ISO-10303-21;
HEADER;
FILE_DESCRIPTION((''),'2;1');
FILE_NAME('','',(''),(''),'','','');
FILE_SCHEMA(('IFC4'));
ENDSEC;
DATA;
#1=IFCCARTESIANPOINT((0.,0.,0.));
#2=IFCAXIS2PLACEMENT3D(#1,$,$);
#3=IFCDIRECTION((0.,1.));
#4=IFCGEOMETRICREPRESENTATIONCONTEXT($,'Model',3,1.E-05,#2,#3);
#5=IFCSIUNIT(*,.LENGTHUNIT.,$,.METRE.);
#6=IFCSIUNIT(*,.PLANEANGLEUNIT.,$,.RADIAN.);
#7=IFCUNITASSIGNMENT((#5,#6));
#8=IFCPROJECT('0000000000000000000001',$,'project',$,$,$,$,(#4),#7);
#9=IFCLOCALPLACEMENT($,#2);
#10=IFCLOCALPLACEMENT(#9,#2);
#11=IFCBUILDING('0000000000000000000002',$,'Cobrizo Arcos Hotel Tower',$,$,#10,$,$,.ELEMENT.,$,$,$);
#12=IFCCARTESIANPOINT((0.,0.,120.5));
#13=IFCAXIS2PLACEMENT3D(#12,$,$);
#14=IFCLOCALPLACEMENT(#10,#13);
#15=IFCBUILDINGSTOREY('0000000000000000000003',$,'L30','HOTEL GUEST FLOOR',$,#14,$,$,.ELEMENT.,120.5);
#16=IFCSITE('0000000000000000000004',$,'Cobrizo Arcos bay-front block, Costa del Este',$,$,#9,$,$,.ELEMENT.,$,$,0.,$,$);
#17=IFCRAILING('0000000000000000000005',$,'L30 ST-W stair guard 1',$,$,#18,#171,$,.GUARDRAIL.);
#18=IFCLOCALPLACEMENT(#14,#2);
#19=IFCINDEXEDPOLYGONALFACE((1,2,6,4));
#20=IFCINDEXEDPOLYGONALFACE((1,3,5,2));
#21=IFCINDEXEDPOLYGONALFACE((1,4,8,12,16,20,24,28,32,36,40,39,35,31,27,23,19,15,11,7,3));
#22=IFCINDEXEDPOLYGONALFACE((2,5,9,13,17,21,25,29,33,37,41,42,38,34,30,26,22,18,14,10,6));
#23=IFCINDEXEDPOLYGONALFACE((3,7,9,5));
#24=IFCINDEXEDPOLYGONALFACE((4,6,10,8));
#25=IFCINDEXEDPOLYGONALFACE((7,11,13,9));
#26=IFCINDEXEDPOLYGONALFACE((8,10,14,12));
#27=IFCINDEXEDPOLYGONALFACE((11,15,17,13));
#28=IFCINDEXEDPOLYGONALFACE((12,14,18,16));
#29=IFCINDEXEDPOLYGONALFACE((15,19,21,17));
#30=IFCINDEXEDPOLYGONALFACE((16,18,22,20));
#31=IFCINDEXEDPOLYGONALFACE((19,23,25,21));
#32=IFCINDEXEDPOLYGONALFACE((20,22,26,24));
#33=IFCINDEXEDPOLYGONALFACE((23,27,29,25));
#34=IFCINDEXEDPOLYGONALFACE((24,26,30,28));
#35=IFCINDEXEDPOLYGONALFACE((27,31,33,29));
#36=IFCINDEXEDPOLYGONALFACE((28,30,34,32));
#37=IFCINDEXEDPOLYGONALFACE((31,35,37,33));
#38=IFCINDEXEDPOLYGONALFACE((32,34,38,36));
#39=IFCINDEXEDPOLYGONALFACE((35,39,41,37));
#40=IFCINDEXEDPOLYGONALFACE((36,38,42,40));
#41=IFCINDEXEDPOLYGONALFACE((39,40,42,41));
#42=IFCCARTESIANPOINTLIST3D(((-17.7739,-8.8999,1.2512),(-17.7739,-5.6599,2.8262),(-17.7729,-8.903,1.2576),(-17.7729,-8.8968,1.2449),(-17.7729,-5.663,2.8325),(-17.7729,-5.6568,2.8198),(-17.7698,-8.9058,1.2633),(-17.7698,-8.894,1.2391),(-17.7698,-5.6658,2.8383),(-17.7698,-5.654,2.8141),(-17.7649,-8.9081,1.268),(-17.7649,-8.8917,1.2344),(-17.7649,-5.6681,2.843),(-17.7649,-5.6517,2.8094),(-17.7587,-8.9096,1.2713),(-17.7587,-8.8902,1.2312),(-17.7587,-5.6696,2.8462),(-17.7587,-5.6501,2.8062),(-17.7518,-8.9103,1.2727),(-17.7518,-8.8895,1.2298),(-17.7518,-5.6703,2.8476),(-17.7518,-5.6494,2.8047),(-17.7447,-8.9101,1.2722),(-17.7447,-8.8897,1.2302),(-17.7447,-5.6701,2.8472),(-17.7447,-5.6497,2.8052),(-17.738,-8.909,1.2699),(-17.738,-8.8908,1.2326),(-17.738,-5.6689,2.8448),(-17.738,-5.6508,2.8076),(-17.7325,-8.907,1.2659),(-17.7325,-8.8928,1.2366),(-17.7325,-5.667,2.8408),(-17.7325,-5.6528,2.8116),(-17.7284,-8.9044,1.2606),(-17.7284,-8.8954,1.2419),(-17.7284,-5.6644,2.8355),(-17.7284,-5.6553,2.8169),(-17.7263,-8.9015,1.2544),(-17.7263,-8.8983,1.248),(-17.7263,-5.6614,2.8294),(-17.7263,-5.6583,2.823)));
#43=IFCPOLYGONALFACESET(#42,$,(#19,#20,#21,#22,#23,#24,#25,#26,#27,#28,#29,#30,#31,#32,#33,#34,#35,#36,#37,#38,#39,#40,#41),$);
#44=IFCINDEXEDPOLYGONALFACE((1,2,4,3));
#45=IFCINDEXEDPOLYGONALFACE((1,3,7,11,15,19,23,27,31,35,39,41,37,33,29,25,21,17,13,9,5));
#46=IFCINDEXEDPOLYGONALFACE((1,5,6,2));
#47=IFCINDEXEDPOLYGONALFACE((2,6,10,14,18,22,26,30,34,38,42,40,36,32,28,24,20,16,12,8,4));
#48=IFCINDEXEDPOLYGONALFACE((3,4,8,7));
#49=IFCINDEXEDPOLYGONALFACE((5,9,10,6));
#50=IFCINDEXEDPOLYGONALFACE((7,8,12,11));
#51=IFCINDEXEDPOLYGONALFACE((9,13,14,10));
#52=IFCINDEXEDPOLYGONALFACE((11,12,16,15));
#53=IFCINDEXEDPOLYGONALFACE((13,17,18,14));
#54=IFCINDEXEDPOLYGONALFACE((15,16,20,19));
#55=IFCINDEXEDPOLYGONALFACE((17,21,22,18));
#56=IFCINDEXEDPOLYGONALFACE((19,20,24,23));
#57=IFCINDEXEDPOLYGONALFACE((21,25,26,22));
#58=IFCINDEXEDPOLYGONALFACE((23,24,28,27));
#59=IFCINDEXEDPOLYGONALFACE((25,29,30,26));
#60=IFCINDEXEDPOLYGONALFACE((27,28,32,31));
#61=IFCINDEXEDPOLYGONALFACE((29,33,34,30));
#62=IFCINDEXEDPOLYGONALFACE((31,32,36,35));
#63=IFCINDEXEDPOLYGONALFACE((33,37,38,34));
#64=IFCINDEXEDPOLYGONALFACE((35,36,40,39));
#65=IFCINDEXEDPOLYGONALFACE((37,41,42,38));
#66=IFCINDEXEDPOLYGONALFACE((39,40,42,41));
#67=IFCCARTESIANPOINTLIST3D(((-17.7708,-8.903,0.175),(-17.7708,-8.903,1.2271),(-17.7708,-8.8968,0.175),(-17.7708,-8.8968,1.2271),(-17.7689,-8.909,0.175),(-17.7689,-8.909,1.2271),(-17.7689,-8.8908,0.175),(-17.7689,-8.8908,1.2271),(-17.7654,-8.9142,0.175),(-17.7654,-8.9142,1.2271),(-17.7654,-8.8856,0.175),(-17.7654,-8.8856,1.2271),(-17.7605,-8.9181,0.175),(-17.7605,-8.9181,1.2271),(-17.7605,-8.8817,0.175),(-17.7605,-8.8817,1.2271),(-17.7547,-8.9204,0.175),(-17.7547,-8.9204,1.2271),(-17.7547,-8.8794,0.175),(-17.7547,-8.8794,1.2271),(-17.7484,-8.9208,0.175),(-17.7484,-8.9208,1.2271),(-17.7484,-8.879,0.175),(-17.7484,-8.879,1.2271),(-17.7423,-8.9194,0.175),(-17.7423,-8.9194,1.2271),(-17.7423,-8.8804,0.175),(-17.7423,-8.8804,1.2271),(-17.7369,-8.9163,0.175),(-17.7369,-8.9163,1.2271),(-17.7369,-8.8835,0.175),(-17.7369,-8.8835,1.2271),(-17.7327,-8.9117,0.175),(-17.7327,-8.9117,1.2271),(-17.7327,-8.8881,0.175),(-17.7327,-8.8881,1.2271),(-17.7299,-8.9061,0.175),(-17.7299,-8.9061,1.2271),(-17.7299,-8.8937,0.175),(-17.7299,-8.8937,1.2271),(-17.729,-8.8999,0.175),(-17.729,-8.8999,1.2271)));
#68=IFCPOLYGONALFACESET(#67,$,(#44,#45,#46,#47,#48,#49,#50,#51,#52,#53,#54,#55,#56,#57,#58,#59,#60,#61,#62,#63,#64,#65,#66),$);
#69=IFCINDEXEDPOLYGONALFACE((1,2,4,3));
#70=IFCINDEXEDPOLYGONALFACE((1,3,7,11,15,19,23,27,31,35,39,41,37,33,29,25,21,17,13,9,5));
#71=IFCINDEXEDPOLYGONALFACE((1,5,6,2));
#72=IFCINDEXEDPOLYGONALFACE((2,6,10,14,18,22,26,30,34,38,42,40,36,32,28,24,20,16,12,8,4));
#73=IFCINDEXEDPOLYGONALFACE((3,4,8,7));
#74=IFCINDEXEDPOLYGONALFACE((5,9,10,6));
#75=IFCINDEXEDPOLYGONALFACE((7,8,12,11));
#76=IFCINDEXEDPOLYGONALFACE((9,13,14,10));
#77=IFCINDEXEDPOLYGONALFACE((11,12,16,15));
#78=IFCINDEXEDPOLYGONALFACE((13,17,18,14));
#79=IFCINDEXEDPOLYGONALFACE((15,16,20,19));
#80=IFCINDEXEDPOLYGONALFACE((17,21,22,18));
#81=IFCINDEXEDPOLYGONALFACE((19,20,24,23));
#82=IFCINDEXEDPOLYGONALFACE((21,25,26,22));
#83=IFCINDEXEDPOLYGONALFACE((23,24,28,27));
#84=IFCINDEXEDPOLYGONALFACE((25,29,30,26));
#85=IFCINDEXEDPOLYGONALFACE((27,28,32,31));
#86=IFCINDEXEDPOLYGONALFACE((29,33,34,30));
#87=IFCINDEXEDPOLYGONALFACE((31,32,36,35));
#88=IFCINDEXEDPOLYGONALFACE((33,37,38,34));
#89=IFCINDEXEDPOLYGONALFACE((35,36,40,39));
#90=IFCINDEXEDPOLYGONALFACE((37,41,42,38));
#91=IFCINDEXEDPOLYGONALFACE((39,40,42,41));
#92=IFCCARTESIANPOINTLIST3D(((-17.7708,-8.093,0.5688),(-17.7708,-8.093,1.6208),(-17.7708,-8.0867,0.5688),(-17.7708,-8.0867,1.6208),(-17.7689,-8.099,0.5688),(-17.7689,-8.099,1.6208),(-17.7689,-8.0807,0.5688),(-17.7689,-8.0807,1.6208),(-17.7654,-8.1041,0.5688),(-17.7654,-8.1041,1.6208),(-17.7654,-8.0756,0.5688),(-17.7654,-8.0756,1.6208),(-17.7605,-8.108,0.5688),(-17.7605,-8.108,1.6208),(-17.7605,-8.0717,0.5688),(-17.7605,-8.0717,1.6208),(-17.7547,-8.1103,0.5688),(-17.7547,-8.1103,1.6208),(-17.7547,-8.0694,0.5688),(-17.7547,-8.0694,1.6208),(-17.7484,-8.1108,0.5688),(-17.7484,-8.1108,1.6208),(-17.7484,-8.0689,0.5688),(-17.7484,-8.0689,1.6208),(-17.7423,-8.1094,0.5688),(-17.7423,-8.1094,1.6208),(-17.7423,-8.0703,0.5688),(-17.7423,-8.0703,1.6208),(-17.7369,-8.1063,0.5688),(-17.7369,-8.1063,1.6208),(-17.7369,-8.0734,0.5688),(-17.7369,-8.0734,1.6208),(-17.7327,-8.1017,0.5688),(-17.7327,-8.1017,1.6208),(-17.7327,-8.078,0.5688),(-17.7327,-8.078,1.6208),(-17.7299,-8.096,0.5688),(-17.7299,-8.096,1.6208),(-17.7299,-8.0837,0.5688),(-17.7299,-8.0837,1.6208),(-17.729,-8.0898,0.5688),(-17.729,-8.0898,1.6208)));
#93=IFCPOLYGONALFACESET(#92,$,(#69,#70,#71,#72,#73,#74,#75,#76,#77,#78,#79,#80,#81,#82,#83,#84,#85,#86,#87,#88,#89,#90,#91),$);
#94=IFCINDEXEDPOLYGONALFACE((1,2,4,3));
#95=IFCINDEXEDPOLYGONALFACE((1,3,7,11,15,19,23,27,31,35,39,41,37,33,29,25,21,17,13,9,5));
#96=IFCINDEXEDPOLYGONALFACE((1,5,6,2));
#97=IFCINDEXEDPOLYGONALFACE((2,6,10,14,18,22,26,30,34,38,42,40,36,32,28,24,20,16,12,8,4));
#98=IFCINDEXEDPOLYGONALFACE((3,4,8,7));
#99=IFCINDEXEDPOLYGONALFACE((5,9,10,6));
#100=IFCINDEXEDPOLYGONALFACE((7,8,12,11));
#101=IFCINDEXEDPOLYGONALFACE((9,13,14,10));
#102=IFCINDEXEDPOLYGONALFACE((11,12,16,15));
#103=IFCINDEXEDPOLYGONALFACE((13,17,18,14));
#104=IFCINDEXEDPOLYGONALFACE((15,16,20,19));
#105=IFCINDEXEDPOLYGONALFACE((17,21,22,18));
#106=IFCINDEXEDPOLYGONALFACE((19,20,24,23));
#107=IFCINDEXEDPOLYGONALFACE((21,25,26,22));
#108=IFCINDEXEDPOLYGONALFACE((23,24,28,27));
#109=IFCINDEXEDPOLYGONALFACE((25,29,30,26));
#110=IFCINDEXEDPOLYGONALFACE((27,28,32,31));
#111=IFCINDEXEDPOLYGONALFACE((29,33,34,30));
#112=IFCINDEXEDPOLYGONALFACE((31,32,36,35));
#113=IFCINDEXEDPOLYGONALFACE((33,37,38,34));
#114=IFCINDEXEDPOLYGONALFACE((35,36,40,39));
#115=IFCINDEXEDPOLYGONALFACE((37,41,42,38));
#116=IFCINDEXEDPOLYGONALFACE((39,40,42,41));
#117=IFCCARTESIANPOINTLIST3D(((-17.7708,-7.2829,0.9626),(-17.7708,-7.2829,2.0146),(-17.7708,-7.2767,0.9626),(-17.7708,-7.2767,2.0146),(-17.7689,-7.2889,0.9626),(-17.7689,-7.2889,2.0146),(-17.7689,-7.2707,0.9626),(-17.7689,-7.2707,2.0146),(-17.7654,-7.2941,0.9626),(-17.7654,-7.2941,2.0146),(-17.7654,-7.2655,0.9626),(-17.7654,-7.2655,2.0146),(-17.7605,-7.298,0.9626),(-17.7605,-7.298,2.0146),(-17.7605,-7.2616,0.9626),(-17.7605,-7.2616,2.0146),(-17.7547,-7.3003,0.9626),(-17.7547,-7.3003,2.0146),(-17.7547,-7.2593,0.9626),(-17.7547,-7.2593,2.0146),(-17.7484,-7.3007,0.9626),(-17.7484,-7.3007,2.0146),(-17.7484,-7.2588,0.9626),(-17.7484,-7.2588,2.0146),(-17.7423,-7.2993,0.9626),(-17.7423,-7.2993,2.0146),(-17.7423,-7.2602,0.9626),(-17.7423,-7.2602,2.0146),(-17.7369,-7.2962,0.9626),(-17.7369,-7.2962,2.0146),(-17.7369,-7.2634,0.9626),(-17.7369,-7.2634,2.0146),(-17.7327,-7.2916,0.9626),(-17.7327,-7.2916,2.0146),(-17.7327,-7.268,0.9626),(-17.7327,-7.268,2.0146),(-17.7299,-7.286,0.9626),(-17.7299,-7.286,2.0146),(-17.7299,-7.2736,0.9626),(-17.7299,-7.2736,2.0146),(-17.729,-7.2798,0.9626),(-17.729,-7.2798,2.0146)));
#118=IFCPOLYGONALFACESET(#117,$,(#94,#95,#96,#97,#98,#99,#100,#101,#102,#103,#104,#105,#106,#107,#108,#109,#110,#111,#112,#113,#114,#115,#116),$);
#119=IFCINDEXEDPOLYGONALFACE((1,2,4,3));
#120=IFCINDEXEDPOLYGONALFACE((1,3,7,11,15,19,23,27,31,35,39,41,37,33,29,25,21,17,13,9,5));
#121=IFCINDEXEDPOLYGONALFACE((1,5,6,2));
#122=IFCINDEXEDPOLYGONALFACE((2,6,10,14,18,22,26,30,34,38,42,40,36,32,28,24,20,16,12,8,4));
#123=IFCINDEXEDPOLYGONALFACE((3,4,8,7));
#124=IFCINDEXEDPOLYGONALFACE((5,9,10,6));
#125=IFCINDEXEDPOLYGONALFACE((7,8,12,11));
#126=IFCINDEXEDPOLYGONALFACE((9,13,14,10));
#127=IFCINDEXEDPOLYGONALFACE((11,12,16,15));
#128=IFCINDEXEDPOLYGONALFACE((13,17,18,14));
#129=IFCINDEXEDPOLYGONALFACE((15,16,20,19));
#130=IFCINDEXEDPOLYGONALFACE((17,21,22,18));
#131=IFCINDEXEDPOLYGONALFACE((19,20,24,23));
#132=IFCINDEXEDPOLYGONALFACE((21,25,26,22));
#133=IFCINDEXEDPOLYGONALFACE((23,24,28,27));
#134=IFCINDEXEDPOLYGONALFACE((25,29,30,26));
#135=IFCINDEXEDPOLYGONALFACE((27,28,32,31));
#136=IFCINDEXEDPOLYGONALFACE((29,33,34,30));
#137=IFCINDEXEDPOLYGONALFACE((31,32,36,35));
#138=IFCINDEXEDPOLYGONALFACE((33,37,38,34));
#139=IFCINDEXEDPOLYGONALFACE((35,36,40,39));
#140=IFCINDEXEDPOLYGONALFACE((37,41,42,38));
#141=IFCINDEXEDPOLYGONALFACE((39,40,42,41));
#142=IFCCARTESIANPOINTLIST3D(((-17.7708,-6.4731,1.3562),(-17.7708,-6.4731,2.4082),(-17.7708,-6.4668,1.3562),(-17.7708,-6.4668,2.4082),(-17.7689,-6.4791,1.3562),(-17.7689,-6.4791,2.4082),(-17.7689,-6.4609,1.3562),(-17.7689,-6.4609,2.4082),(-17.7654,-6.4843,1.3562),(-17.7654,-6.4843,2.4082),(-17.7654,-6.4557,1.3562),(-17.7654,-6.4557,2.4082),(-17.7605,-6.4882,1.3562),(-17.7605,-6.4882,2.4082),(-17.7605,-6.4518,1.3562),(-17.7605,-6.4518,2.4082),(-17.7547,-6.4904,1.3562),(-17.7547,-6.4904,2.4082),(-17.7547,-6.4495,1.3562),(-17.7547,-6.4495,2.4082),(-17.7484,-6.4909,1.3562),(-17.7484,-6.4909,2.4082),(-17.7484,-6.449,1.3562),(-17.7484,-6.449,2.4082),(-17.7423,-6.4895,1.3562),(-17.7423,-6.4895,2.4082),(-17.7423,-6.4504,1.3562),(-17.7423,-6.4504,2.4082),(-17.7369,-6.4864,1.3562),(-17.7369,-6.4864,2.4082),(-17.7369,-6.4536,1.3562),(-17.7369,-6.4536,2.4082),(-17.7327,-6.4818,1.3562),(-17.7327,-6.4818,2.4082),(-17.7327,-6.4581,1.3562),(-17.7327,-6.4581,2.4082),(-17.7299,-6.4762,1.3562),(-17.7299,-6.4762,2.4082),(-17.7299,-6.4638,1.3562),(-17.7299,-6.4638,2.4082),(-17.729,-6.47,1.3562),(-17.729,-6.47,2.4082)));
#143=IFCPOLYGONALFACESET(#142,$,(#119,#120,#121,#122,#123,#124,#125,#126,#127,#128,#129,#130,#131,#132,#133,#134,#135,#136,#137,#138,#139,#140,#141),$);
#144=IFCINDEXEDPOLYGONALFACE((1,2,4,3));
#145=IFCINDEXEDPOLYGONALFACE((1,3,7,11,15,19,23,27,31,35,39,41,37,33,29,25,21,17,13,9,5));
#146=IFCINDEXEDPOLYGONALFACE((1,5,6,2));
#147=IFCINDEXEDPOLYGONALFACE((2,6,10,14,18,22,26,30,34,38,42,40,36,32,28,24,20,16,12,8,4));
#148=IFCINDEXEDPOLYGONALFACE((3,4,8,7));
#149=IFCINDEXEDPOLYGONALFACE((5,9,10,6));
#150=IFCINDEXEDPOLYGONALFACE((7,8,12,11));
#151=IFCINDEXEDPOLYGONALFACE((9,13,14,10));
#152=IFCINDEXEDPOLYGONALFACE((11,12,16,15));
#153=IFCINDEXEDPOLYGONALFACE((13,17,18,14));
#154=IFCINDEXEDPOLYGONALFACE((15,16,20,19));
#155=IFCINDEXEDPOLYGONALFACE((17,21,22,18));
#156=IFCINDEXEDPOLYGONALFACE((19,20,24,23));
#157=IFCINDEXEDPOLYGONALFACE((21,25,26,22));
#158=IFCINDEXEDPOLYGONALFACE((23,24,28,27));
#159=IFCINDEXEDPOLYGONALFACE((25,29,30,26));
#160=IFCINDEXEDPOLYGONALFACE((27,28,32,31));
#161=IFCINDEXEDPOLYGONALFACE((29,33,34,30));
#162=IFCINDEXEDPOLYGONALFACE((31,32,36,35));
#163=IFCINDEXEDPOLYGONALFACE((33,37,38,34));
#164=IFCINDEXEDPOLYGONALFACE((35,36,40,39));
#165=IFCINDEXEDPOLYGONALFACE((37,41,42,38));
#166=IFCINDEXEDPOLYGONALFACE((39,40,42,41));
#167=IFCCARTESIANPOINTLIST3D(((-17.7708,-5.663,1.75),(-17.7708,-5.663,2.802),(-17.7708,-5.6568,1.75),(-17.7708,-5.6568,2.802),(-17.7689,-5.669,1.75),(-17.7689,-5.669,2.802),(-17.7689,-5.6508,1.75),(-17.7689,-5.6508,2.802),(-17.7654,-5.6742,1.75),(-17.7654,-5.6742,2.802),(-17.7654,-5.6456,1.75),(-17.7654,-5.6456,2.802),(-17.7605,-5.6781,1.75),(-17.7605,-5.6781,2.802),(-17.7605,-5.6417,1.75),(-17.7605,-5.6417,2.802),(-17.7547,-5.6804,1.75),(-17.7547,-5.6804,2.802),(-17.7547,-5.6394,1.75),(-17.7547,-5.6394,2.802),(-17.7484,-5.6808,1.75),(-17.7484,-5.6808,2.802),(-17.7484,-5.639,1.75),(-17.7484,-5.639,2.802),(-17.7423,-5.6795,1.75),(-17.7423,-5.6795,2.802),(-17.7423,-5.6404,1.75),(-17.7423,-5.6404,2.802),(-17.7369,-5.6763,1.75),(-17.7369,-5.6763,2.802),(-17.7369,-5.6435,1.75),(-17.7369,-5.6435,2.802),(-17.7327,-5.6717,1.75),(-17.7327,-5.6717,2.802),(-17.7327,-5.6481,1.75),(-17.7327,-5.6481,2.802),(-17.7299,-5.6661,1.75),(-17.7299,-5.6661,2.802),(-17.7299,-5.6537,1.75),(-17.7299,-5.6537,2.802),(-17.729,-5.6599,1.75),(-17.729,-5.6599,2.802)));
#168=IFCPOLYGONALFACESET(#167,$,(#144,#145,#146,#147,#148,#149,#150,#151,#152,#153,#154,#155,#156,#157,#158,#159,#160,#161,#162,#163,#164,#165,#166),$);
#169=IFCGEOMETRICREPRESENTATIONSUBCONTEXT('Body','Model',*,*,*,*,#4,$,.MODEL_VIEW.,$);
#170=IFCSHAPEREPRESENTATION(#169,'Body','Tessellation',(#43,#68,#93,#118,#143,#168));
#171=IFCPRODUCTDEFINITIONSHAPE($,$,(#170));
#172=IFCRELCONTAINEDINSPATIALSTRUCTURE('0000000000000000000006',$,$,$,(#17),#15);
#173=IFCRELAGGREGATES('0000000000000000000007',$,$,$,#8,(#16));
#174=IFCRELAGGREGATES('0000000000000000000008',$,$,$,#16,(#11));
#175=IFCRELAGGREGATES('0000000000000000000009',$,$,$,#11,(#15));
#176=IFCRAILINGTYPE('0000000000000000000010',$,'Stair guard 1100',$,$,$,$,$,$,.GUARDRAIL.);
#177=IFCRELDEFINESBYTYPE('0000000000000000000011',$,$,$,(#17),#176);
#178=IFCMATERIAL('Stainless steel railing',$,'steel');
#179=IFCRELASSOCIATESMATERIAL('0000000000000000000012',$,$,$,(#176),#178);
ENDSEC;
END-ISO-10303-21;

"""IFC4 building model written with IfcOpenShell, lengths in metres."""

from ifc_helpers import new_model, si_unit, direction, frame, origin, origin_2d, place, context, subcontext, project, spatial, circle, extrude, material, type_object, element, save


model = new_model("IFC4")

# Units and contexts
model_context = context("Model", 3, precision=1e-05, world=origin(), true_north=direction((0.0, 1.0)))
body_context = subcontext(model_context, "Body", "Model", "MODEL_VIEW")
ifc_project = project(units=[si_unit("LENGTHUNIT", "METRE"), si_unit("PLANEANGLEUNIT", "RADIAN")], contexts=[model_context])

# Site, building, storey
site_placement = place(None, origin())
site = spatial("IfcSite", under=ifc_project, at=site_placement, Name="Cobrizo Arcos bay-front block, Costa del Este", CompositionType="ELEMENT", RefElevation=0.0)
building_placement = place(site_placement, origin())
building = spatial("IfcBuilding", under=site, at=building_placement, Name="Cobrizo Arcos Hotel Tower", CompositionType="ELEMENT")
storey_placement = place(building_placement, frame((0.0, 0.0, 120.5)))
storey = spatial("IfcBuildingStorey", under=building, at=storey_placement, Name="L30", Description="HOTEL GUEST FLOOR", CompositionType="ELEMENT", Elevation=120.5)

# Railing
ifc_material_1 = material(Name="Stainless steel railing", Category="steel")
railing_type_1 = type_object("IfcRailingType", Name="Stair guard 1100", PredefinedType="GUARDRAIL", material=ifc_material_1)
railing_1_placement = place(storey_placement, frame((-17.75, -8.8999, 0.175)))
element("IfcRailing", 1, at=railing_1_placement, inside=storey, type_object=railing_type_1, Name="L30 ST-W stair guard 1", PredefinedType="GUARDRAIL", context=body_context, shape_type="SweptSolid", body=[
    extrude(circle(Radius=0.0239, at=origin_2d()), frame((0.0, 0.0, 1.0762), z_axis=(0.0, 0.899373, 0.437183), x_axis=(-1.0, 0.0, 0.0)), (0.0, 0.0, 1.0), 3.6025),
    extrude(circle(Radius=0.021, at=origin_2d()), origin(), (0.0, 0.0, 1.0), 1.052),
    extrude(circle(Radius=0.021, at=origin_2d()), frame((0.0, 0.8101, 0.3938)), (0.0, 0.0, 1.0), 1.052),
    extrude(circle(Radius=0.021, at=origin_2d()), frame((0.0, 1.6201, 0.7876)), (0.0, 0.0, 1.0), 1.052),
    extrude(circle(Radius=0.021, at=origin_2d()), frame((0.0, 2.4299, 1.1812)), (0.0, 0.0, 1.0), 1.052),
    extrude(circle(Radius=0.021, at=origin_2d()), frame((0.0, 3.24, 1.575)), (0.0, 0.0, 1.0), 1.052),
])

save(model, "model.ifc")
